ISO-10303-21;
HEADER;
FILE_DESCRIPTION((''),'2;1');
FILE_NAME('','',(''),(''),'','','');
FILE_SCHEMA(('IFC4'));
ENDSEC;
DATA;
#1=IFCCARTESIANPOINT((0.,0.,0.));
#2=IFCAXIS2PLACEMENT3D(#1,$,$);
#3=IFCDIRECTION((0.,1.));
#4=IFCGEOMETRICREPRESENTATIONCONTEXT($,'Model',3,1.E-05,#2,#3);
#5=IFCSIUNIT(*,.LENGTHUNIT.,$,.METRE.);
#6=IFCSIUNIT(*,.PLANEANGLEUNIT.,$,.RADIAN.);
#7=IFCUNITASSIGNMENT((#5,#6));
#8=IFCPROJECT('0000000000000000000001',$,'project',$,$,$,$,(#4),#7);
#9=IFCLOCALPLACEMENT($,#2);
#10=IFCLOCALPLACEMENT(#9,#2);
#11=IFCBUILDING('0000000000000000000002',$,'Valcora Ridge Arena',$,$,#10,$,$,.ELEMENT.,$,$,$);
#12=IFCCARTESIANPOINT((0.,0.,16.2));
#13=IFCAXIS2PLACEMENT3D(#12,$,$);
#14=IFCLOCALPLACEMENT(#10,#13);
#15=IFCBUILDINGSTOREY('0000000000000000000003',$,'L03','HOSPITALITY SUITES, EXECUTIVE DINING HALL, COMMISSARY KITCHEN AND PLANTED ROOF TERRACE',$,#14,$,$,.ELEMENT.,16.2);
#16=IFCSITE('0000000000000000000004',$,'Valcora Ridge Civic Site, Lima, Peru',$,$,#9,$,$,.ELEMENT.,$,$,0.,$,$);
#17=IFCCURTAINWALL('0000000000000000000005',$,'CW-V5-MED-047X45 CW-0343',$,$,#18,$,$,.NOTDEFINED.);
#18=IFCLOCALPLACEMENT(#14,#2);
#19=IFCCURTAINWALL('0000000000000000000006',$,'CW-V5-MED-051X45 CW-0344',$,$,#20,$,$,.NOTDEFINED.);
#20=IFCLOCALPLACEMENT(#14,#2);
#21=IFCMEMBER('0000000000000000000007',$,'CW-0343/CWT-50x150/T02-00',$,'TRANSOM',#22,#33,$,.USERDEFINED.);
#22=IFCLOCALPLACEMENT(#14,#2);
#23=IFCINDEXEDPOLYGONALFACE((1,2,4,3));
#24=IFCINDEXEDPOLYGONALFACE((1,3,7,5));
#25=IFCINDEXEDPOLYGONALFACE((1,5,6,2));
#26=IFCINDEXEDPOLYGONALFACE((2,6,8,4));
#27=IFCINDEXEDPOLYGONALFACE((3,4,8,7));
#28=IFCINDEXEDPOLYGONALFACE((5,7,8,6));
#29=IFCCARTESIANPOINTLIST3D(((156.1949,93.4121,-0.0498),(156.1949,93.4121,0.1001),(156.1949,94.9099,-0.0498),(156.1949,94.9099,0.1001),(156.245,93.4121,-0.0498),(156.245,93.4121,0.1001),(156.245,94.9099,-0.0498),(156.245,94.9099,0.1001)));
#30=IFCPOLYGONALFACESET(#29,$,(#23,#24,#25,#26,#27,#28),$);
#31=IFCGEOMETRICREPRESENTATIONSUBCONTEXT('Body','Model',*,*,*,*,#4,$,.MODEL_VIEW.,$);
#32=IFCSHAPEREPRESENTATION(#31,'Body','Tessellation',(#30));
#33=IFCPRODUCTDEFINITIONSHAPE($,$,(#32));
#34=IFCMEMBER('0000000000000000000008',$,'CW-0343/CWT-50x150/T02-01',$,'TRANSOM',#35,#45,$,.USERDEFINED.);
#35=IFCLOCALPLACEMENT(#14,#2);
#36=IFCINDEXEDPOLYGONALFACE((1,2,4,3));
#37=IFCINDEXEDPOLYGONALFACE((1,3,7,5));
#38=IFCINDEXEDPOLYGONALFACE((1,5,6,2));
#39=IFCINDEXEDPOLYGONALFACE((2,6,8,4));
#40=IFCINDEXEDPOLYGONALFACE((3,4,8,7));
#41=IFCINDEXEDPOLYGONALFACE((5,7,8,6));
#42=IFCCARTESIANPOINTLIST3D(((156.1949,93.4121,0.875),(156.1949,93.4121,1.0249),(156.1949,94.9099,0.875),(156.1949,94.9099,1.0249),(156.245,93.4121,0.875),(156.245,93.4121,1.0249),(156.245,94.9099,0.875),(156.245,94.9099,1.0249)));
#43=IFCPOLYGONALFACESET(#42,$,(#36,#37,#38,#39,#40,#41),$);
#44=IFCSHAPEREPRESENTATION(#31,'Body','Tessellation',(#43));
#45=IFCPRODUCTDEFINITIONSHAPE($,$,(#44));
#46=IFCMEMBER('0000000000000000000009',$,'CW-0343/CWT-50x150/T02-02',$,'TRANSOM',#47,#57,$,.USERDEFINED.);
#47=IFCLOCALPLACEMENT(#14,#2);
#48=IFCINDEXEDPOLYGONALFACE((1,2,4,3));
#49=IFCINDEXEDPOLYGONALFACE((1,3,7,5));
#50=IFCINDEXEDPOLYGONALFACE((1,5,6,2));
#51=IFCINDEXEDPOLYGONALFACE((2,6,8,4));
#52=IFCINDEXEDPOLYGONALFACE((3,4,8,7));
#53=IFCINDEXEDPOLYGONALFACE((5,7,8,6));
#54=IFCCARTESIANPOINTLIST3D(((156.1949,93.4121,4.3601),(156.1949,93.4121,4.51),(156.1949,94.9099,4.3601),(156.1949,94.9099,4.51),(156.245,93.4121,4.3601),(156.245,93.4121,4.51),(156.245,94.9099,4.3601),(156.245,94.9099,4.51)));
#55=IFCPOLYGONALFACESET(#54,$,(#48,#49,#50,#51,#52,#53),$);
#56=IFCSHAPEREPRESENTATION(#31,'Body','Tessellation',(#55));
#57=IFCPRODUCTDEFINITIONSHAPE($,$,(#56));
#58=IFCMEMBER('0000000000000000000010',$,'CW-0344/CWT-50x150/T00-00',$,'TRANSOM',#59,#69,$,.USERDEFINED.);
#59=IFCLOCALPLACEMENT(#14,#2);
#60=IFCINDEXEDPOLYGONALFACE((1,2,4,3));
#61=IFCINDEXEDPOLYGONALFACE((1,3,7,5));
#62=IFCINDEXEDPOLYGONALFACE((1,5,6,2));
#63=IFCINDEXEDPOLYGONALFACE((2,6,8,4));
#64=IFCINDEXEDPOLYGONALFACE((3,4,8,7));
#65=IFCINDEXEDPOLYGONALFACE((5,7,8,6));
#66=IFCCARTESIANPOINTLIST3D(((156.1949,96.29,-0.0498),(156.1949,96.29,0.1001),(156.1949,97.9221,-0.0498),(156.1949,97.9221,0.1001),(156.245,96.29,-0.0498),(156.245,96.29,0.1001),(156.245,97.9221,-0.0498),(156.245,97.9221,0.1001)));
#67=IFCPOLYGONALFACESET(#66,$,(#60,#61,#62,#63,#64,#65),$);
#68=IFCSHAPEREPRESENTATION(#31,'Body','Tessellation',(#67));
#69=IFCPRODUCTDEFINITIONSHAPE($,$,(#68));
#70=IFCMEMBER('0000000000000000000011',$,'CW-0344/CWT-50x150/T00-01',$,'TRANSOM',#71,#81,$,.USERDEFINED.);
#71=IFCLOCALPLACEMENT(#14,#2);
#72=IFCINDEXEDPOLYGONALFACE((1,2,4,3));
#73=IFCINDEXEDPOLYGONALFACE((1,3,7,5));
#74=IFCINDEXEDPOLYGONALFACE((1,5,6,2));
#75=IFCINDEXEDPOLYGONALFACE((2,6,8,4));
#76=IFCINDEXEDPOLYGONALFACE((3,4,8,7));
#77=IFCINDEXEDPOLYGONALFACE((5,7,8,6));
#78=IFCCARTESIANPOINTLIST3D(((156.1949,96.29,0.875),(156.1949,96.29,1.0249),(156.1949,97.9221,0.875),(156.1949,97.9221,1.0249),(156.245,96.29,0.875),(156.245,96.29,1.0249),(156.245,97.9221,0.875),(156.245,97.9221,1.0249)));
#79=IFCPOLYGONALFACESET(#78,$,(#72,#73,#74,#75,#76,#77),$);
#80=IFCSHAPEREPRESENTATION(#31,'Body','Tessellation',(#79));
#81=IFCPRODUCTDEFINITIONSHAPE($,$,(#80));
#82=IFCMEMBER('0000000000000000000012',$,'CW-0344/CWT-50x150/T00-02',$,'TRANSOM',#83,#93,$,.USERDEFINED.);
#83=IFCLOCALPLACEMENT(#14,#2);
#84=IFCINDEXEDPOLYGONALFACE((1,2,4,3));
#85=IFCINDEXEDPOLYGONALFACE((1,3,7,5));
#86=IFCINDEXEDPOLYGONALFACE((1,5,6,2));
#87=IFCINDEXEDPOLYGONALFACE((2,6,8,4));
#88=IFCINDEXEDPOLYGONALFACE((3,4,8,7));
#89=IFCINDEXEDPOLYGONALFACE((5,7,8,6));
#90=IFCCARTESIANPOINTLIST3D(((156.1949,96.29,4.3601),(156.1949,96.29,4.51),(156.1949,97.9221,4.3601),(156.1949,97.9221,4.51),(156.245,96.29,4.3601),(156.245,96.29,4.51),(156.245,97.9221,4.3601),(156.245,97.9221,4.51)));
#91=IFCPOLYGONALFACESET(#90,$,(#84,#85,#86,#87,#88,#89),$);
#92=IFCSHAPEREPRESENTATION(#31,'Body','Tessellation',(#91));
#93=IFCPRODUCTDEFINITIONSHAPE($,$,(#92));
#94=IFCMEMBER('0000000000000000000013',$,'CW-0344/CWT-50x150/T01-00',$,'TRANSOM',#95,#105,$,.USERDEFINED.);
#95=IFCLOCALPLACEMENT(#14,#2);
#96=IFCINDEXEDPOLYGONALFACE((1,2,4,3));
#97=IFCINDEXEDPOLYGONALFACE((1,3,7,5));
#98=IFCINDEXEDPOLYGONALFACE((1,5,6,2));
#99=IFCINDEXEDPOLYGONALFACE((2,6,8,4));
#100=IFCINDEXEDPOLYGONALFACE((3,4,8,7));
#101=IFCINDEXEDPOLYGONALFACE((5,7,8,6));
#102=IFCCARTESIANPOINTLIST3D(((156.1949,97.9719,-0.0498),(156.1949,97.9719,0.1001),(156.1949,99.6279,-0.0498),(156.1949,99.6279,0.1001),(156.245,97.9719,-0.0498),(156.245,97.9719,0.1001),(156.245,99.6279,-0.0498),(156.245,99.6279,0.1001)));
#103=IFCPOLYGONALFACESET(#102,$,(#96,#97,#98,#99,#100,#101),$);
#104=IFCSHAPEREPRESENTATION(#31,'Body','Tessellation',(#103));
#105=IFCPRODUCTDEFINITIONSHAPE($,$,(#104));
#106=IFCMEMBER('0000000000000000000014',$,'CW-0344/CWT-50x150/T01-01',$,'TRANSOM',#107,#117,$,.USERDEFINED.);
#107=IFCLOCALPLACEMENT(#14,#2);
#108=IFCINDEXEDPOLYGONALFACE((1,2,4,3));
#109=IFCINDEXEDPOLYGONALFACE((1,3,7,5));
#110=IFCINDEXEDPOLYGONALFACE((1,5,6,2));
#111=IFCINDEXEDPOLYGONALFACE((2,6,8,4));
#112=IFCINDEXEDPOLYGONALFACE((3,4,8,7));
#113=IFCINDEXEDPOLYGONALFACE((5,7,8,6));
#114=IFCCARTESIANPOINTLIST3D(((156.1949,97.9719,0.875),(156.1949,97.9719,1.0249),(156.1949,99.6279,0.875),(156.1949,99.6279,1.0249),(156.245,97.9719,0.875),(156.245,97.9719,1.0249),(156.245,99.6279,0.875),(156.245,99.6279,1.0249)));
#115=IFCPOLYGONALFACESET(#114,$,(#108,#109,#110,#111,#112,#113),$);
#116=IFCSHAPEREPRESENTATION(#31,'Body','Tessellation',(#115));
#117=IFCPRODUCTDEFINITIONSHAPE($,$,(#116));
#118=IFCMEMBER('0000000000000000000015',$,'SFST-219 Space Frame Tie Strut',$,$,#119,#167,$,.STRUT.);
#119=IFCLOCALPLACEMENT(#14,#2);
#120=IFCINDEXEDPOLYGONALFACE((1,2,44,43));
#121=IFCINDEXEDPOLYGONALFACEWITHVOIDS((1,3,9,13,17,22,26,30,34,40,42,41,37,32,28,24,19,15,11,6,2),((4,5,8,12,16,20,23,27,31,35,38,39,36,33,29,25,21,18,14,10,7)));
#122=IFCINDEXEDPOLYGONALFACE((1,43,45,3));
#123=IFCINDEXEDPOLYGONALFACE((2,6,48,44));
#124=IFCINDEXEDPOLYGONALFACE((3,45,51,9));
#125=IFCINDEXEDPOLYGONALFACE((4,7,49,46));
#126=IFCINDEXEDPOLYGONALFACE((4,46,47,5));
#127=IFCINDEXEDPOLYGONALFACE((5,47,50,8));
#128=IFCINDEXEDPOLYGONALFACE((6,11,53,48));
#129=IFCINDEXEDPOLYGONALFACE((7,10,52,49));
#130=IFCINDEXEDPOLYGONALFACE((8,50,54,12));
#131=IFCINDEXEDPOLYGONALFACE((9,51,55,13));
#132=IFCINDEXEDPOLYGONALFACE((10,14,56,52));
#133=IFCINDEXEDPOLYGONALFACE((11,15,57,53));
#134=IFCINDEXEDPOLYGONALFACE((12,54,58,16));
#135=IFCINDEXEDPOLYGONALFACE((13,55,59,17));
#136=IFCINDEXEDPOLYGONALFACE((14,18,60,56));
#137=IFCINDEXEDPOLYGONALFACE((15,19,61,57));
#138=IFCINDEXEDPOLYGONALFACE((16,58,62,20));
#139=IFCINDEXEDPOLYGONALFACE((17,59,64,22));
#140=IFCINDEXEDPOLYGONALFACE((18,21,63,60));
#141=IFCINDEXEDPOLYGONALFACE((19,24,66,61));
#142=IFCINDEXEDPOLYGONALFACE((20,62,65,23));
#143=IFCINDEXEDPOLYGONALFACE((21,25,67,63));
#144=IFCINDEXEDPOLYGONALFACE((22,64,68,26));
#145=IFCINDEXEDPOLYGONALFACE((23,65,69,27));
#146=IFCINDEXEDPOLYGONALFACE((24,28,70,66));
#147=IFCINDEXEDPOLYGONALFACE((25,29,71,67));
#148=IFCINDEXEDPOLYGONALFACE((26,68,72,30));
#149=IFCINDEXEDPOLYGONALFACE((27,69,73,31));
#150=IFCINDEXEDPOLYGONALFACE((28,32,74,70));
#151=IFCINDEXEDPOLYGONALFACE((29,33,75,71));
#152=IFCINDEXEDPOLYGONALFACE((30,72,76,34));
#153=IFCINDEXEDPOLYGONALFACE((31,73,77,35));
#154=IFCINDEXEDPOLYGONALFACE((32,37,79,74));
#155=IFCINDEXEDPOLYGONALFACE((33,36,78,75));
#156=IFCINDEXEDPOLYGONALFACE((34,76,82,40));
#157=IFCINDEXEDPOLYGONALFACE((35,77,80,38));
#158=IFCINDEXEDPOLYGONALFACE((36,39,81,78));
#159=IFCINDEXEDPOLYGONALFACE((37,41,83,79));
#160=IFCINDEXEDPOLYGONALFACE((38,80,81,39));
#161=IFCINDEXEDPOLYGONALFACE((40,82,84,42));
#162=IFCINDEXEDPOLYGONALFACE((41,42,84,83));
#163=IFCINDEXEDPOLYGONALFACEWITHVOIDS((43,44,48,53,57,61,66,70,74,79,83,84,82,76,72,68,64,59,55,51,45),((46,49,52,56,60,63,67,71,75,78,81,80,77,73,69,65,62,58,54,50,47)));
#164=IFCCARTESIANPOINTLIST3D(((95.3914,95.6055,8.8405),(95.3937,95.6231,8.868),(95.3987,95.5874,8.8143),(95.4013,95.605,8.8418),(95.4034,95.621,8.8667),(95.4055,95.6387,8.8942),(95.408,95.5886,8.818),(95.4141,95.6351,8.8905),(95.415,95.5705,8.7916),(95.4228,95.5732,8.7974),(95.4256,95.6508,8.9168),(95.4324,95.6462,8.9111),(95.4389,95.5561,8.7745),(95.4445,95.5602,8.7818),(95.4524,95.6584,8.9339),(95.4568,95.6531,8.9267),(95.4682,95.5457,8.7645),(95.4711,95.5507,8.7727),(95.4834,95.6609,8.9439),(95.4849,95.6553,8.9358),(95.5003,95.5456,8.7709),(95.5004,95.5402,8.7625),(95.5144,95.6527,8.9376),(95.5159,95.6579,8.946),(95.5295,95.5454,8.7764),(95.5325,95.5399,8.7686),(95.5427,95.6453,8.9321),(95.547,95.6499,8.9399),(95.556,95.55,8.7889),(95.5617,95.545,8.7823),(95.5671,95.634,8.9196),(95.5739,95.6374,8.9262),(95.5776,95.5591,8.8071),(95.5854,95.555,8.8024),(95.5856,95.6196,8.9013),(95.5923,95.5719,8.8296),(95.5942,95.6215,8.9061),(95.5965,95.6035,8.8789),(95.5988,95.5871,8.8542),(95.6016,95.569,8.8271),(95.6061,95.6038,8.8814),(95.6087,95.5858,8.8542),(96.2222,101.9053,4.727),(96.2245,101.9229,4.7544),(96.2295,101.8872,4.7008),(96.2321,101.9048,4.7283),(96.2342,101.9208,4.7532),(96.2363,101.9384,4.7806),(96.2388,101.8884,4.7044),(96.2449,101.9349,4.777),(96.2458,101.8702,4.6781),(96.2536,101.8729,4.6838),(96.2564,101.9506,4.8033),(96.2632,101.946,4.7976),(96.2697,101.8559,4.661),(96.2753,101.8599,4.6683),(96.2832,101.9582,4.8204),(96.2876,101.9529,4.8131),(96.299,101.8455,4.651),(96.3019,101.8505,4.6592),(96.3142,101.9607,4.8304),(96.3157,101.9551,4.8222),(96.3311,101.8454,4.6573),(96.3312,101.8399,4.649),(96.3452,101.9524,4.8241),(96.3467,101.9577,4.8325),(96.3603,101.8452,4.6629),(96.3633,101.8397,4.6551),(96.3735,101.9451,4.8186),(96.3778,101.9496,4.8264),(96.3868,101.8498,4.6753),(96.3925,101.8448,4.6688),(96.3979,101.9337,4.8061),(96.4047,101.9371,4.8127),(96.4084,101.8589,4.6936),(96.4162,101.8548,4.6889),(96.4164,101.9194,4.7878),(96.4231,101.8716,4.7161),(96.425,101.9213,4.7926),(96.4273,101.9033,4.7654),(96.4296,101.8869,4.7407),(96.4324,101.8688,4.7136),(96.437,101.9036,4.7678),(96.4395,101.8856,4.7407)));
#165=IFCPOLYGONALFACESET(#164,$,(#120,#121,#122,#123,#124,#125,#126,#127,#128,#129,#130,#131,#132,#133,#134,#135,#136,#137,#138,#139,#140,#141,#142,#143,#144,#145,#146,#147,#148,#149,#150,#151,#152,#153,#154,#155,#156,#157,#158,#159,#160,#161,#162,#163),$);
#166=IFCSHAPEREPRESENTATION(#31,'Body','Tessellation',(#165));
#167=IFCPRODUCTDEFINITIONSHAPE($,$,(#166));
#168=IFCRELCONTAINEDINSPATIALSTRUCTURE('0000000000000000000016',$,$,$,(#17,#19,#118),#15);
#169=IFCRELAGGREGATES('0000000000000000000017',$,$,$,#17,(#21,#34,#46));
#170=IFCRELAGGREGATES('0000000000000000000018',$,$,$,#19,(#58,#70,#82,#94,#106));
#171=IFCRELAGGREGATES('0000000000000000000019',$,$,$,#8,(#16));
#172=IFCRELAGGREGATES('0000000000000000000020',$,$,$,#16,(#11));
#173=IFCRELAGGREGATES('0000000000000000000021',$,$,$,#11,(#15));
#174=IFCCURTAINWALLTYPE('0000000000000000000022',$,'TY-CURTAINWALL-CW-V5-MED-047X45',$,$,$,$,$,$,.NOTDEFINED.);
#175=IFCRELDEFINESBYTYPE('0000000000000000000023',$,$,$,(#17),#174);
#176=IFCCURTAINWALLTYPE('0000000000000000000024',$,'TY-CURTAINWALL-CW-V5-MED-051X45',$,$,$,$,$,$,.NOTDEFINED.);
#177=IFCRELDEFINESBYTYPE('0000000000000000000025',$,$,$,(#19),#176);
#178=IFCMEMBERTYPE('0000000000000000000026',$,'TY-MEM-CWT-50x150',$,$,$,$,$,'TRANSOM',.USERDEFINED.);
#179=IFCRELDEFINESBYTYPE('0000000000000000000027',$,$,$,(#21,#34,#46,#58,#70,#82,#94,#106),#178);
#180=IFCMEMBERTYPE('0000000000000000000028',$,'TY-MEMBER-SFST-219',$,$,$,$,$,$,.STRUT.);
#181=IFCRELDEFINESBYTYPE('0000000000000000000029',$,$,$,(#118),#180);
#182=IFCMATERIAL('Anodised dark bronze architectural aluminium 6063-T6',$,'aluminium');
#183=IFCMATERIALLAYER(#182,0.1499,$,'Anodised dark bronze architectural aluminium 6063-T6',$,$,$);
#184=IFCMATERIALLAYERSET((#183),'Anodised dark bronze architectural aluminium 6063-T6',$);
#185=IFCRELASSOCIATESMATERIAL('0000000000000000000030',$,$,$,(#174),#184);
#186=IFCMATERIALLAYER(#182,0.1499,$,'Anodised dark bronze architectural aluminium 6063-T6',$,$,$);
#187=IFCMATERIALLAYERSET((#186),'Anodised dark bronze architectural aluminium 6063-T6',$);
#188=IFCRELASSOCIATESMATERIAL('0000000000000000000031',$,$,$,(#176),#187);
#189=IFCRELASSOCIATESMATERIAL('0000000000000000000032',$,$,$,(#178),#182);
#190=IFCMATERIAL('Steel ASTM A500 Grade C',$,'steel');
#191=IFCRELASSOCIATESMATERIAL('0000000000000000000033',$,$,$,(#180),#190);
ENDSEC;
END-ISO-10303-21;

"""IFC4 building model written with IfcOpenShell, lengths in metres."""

from ifc_helpers import new_model, si_unit, direction, frame, origin, origin_2d, place, context, subcontext, project, spatial, rectangle, hollow_circle, extrude, material, layer, layer_set, material_profile, profile_set, type_object, element, aggregate, save


model = new_model("IFC4")

# Units and contexts
model_context = context("Model", 3, precision=1e-05, world=origin(), true_north=direction((0.0, 1.0)))
body_context = subcontext(model_context, "Body", "Model", "MODEL_VIEW")
ifc_project = project(units=[si_unit("LENGTHUNIT", "METRE"), si_unit("PLANEANGLEUNIT", "RADIAN")], contexts=[model_context])

# Site, building, storey
site_placement = place(None, origin())
site = spatial("IfcSite", under=ifc_project, at=site_placement, Name="Valcora Ridge Civic Site, Lima, Peru", CompositionType="ELEMENT", RefElevation=0.0)
building_placement = place(site_placement, origin())
building = spatial("IfcBuilding", under=site, at=building_placement, Name="Valcora Ridge Arena", CompositionType="ELEMENT")
storey_placement = place(building_placement, frame((0.0, 0.0, 16.2)))
storey = spatial("IfcBuildingStorey", under=building, at=storey_placement, Name="L03", Description="HOSPITALITY SUITES, EXECUTIVE DINING HALL, COMMISSARY KITCHEN AND PLANTED ROOF TERRACE", CompositionType="ELEMENT", Elevation=16.2)

# Curtain walls
ifc_material_1 = material(Name="Anodised dark bronze architectural aluminium 6063-T6", Category="aluminium")
ifc_layer_1 = layer(ifc_material_1, 0.1499, Name="Anodised dark bronze architectural aluminium 6063-T6")
ifc_layer_set_1 = layer_set([ifc_layer_1], Name="Anodised dark bronze architectural aluminium 6063-T6")
curtain_wall_type_1 = type_object("IfcCurtainWallType", Name="TY-CURTAINWALL-CW-V5-MED-047X45", PredefinedType="NOTDEFINED", material=ifc_layer_set_1)
curtain_wall_1_placement = place(storey_placement, origin())
curtain_wall_1 = element("IfcCurtainWall", 1, at=curtain_wall_1_placement, inside=storey, type_object=curtain_wall_type_1, Name="CW-V5-MED-047X45 CW-0343", PredefinedType="NOTDEFINED")
ifc_layer_2 = layer(ifc_material_1, 0.1499, Name="Anodised dark bronze architectural aluminium 6063-T6")
ifc_layer_set_2 = layer_set([ifc_layer_2], Name="Anodised dark bronze architectural aluminium 6063-T6")
curtain_wall_type_2 = type_object("IfcCurtainWallType", Name="TY-CURTAINWALL-CW-V5-MED-051X45", PredefinedType="NOTDEFINED", material=ifc_layer_set_2)
curtain_wall_2_placement = place(storey_placement, origin())
curtain_wall_2 = element("IfcCurtainWall", 2, at=curtain_wall_2_placement, inside=storey, type_object=curtain_wall_type_2, Name="CW-V5-MED-051X45 CW-0344", PredefinedType="NOTDEFINED")

# Members
ifc_material_profile_1 = material_profile(ifc_material_1, rectangle(XDim=0.05, YDim=0.1499, at=origin_2d()), Name="ALU TRANSOM 50x150")
ifc_profile_set_1 = profile_set([ifc_material_profile_1], Name="Anodised dark bronze architectural aluminium 6063-T6")
member_type_1 = type_object("IfcMemberType", Name="TY-MEM-CWT-50x150", ElementType="TRANSOM", PredefinedType="USERDEFINED", material=ifc_profile_set_1)
member_1_placement = place(storey_placement, frame((156.22, 93.4121, 0.0251), z_axis=(0.0, 1.0, 0.0), x_axis=(-1.0, 0.0, 0.0)))
member_1 = element("IfcMember", 3, at=member_1_placement, type_object=member_type_1, Name="CW-0343/CWT-50x150/T02-00", ObjectType="TRANSOM", PredefinedType="USERDEFINED", context=body_context, shape_type="SweptSolid", body=[
    extrude(rectangle(XDim=0.05, YDim=0.1499, at=origin_2d()), origin(), (0.0, 0.0, 1.0), 1.4978),
])
member_2_placement = place(storey_placement, frame((156.22, 93.4121, 0.95), z_axis=(0.0, 1.0, 0.0), x_axis=(-1.0, 0.0, 0.0)))
member_2 = element("IfcMember", 4, at=member_2_placement, type_object=member_type_1, Name="CW-0343/CWT-50x150/T02-01", ObjectType="TRANSOM", PredefinedType="USERDEFINED", context=body_context, shape_type="SweptSolid", body=[
    extrude(rectangle(XDim=0.05, YDim=0.1499, at=origin_2d()), origin(), (0.0, 0.0, 1.0), 1.4978),
])
member_3_placement = place(storey_placement, frame((156.22, 93.4121, 4.4351), z_axis=(0.0, 1.0, 0.0), x_axis=(-1.0, 0.0, 0.0)))
member_3 = element("IfcMember", 5, at=member_3_placement, type_object=member_type_1, Name="CW-0343/CWT-50x150/T02-02", ObjectType="TRANSOM", PredefinedType="USERDEFINED", context=body_context, shape_type="SweptSolid", body=[
    extrude(rectangle(XDim=0.05, YDim=0.1499, at=origin_2d()), origin(), (0.0, 0.0, 1.0), 1.4978),
])
member_4_placement = place(storey_placement, frame((156.22, 96.29, 0.0251), z_axis=(0.0, 1.0, 0.0), x_axis=(-1.0, 0.0, 0.0)))
member_4 = element("IfcMember", 6, at=member_4_placement, type_object=member_type_1, Name="CW-0344/CWT-50x150/T00-00", ObjectType="TRANSOM", PredefinedType="USERDEFINED", context=body_context, shape_type="SweptSolid", body=[
    extrude(rectangle(XDim=0.05, YDim=0.1499, at=origin_2d()), origin(), (0.0, 0.0, 1.0), 1.6321),
])
member_5_placement = place(storey_placement, frame((156.22, 96.29, 0.95), z_axis=(0.0, 1.0, 0.0), x_axis=(-1.0, 0.0, 0.0)))
member_5 = element("IfcMember", 7, at=member_5_placement, type_object=member_type_1, Name="CW-0344/CWT-50x150/T00-01", ObjectType="TRANSOM", PredefinedType="USERDEFINED", context=body_context, shape_type="SweptSolid", body=[
    extrude(rectangle(XDim=0.05, YDim=0.1499, at=origin_2d()), origin(), (0.0, 0.0, 1.0), 1.6321),
])
member_6_placement = place(storey_placement, frame((156.22, 96.29, 4.4351), z_axis=(0.0, 1.0, 0.0), x_axis=(-1.0, 0.0, 0.0)))
member_6 = element("IfcMember", 8, at=member_6_placement, type_object=member_type_1, Name="CW-0344/CWT-50x150/T00-02", ObjectType="TRANSOM", PredefinedType="USERDEFINED", context=body_context, shape_type="SweptSolid", body=[
    extrude(rectangle(XDim=0.05, YDim=0.1499, at=origin_2d()), origin(), (0.0, 0.0, 1.0), 1.6321),
])
member_7_placement = place(storey_placement, frame((156.22, 97.9719, 0.0251), z_axis=(0.0, 1.0, 0.0), x_axis=(-1.0, 0.0, 0.0)))
member_7 = element("IfcMember", 9, at=member_7_placement, type_object=member_type_1, Name="CW-0344/CWT-50x150/T01-00", ObjectType="TRANSOM", PredefinedType="USERDEFINED", context=body_context, shape_type="SweptSolid", body=[
    extrude(rectangle(XDim=0.05, YDim=0.1499, at=origin_2d()), origin(), (0.0, 0.0, 1.0), 1.656),
])
member_8_placement = place(storey_placement, frame((156.22, 97.9719, 0.95), z_axis=(0.0, 1.0, 0.0), x_axis=(-1.0, 0.0, 0.0)))
member_8 = element("IfcMember", 10, at=member_8_placement, type_object=member_type_1, Name="CW-0344/CWT-50x150/T01-01", ObjectType="TRANSOM", PredefinedType="USERDEFINED", context=body_context, shape_type="SweptSolid", body=[
    extrude(rectangle(XDim=0.05, YDim=0.1499, at=origin_2d()), origin(), (0.0, 0.0, 1.0), 1.656),
])

# Member
ifc_material_2 = material(Name="Steel ASTM A500 Grade C", Category="steel")
ifc_material_profile_2 = material_profile(ifc_material_2, hollow_circle(Radius=0.1096, WallThickness=0.01, at=origin_2d()), Name="CHS219X10")
ifc_profile_set_2 = profile_set([ifc_material_profile_2], Name="Steel ASTM A500 Grade C")
member_type_2 = type_object("IfcMemberType", Name="TY-MEMBER-SFST-219", PredefinedType="STRUT", material=ifc_profile_set_2)
member_9_placement = place(storey_placement, frame((96.3308, 101.8999, 4.7407), z_axis=(-0.109756, -0.83225, 0.543427), x_axis=(0.991416, -0.130747, 0.0)))
element("IfcMember", 11, at=member_9_placement, inside=storey, type_object=member_type_2, Name="SFST-219 Space Frame Tie Strut", PredefinedType="STRUT", context=body_context, shape_type="SweptSolid", body=[
    extrude(hollow_circle(Radius=0.1096, WallThickness=0.01, at=origin_2d()), origin(), (0.0, 0.0, 1.0), 7.5696),
])

aggregate(curtain_wall_1, [member_1, member_2, member_3])
aggregate(curtain_wall_2, [member_4, member_5, member_6, member_7, member_8])

save(model, "model.ifc")
